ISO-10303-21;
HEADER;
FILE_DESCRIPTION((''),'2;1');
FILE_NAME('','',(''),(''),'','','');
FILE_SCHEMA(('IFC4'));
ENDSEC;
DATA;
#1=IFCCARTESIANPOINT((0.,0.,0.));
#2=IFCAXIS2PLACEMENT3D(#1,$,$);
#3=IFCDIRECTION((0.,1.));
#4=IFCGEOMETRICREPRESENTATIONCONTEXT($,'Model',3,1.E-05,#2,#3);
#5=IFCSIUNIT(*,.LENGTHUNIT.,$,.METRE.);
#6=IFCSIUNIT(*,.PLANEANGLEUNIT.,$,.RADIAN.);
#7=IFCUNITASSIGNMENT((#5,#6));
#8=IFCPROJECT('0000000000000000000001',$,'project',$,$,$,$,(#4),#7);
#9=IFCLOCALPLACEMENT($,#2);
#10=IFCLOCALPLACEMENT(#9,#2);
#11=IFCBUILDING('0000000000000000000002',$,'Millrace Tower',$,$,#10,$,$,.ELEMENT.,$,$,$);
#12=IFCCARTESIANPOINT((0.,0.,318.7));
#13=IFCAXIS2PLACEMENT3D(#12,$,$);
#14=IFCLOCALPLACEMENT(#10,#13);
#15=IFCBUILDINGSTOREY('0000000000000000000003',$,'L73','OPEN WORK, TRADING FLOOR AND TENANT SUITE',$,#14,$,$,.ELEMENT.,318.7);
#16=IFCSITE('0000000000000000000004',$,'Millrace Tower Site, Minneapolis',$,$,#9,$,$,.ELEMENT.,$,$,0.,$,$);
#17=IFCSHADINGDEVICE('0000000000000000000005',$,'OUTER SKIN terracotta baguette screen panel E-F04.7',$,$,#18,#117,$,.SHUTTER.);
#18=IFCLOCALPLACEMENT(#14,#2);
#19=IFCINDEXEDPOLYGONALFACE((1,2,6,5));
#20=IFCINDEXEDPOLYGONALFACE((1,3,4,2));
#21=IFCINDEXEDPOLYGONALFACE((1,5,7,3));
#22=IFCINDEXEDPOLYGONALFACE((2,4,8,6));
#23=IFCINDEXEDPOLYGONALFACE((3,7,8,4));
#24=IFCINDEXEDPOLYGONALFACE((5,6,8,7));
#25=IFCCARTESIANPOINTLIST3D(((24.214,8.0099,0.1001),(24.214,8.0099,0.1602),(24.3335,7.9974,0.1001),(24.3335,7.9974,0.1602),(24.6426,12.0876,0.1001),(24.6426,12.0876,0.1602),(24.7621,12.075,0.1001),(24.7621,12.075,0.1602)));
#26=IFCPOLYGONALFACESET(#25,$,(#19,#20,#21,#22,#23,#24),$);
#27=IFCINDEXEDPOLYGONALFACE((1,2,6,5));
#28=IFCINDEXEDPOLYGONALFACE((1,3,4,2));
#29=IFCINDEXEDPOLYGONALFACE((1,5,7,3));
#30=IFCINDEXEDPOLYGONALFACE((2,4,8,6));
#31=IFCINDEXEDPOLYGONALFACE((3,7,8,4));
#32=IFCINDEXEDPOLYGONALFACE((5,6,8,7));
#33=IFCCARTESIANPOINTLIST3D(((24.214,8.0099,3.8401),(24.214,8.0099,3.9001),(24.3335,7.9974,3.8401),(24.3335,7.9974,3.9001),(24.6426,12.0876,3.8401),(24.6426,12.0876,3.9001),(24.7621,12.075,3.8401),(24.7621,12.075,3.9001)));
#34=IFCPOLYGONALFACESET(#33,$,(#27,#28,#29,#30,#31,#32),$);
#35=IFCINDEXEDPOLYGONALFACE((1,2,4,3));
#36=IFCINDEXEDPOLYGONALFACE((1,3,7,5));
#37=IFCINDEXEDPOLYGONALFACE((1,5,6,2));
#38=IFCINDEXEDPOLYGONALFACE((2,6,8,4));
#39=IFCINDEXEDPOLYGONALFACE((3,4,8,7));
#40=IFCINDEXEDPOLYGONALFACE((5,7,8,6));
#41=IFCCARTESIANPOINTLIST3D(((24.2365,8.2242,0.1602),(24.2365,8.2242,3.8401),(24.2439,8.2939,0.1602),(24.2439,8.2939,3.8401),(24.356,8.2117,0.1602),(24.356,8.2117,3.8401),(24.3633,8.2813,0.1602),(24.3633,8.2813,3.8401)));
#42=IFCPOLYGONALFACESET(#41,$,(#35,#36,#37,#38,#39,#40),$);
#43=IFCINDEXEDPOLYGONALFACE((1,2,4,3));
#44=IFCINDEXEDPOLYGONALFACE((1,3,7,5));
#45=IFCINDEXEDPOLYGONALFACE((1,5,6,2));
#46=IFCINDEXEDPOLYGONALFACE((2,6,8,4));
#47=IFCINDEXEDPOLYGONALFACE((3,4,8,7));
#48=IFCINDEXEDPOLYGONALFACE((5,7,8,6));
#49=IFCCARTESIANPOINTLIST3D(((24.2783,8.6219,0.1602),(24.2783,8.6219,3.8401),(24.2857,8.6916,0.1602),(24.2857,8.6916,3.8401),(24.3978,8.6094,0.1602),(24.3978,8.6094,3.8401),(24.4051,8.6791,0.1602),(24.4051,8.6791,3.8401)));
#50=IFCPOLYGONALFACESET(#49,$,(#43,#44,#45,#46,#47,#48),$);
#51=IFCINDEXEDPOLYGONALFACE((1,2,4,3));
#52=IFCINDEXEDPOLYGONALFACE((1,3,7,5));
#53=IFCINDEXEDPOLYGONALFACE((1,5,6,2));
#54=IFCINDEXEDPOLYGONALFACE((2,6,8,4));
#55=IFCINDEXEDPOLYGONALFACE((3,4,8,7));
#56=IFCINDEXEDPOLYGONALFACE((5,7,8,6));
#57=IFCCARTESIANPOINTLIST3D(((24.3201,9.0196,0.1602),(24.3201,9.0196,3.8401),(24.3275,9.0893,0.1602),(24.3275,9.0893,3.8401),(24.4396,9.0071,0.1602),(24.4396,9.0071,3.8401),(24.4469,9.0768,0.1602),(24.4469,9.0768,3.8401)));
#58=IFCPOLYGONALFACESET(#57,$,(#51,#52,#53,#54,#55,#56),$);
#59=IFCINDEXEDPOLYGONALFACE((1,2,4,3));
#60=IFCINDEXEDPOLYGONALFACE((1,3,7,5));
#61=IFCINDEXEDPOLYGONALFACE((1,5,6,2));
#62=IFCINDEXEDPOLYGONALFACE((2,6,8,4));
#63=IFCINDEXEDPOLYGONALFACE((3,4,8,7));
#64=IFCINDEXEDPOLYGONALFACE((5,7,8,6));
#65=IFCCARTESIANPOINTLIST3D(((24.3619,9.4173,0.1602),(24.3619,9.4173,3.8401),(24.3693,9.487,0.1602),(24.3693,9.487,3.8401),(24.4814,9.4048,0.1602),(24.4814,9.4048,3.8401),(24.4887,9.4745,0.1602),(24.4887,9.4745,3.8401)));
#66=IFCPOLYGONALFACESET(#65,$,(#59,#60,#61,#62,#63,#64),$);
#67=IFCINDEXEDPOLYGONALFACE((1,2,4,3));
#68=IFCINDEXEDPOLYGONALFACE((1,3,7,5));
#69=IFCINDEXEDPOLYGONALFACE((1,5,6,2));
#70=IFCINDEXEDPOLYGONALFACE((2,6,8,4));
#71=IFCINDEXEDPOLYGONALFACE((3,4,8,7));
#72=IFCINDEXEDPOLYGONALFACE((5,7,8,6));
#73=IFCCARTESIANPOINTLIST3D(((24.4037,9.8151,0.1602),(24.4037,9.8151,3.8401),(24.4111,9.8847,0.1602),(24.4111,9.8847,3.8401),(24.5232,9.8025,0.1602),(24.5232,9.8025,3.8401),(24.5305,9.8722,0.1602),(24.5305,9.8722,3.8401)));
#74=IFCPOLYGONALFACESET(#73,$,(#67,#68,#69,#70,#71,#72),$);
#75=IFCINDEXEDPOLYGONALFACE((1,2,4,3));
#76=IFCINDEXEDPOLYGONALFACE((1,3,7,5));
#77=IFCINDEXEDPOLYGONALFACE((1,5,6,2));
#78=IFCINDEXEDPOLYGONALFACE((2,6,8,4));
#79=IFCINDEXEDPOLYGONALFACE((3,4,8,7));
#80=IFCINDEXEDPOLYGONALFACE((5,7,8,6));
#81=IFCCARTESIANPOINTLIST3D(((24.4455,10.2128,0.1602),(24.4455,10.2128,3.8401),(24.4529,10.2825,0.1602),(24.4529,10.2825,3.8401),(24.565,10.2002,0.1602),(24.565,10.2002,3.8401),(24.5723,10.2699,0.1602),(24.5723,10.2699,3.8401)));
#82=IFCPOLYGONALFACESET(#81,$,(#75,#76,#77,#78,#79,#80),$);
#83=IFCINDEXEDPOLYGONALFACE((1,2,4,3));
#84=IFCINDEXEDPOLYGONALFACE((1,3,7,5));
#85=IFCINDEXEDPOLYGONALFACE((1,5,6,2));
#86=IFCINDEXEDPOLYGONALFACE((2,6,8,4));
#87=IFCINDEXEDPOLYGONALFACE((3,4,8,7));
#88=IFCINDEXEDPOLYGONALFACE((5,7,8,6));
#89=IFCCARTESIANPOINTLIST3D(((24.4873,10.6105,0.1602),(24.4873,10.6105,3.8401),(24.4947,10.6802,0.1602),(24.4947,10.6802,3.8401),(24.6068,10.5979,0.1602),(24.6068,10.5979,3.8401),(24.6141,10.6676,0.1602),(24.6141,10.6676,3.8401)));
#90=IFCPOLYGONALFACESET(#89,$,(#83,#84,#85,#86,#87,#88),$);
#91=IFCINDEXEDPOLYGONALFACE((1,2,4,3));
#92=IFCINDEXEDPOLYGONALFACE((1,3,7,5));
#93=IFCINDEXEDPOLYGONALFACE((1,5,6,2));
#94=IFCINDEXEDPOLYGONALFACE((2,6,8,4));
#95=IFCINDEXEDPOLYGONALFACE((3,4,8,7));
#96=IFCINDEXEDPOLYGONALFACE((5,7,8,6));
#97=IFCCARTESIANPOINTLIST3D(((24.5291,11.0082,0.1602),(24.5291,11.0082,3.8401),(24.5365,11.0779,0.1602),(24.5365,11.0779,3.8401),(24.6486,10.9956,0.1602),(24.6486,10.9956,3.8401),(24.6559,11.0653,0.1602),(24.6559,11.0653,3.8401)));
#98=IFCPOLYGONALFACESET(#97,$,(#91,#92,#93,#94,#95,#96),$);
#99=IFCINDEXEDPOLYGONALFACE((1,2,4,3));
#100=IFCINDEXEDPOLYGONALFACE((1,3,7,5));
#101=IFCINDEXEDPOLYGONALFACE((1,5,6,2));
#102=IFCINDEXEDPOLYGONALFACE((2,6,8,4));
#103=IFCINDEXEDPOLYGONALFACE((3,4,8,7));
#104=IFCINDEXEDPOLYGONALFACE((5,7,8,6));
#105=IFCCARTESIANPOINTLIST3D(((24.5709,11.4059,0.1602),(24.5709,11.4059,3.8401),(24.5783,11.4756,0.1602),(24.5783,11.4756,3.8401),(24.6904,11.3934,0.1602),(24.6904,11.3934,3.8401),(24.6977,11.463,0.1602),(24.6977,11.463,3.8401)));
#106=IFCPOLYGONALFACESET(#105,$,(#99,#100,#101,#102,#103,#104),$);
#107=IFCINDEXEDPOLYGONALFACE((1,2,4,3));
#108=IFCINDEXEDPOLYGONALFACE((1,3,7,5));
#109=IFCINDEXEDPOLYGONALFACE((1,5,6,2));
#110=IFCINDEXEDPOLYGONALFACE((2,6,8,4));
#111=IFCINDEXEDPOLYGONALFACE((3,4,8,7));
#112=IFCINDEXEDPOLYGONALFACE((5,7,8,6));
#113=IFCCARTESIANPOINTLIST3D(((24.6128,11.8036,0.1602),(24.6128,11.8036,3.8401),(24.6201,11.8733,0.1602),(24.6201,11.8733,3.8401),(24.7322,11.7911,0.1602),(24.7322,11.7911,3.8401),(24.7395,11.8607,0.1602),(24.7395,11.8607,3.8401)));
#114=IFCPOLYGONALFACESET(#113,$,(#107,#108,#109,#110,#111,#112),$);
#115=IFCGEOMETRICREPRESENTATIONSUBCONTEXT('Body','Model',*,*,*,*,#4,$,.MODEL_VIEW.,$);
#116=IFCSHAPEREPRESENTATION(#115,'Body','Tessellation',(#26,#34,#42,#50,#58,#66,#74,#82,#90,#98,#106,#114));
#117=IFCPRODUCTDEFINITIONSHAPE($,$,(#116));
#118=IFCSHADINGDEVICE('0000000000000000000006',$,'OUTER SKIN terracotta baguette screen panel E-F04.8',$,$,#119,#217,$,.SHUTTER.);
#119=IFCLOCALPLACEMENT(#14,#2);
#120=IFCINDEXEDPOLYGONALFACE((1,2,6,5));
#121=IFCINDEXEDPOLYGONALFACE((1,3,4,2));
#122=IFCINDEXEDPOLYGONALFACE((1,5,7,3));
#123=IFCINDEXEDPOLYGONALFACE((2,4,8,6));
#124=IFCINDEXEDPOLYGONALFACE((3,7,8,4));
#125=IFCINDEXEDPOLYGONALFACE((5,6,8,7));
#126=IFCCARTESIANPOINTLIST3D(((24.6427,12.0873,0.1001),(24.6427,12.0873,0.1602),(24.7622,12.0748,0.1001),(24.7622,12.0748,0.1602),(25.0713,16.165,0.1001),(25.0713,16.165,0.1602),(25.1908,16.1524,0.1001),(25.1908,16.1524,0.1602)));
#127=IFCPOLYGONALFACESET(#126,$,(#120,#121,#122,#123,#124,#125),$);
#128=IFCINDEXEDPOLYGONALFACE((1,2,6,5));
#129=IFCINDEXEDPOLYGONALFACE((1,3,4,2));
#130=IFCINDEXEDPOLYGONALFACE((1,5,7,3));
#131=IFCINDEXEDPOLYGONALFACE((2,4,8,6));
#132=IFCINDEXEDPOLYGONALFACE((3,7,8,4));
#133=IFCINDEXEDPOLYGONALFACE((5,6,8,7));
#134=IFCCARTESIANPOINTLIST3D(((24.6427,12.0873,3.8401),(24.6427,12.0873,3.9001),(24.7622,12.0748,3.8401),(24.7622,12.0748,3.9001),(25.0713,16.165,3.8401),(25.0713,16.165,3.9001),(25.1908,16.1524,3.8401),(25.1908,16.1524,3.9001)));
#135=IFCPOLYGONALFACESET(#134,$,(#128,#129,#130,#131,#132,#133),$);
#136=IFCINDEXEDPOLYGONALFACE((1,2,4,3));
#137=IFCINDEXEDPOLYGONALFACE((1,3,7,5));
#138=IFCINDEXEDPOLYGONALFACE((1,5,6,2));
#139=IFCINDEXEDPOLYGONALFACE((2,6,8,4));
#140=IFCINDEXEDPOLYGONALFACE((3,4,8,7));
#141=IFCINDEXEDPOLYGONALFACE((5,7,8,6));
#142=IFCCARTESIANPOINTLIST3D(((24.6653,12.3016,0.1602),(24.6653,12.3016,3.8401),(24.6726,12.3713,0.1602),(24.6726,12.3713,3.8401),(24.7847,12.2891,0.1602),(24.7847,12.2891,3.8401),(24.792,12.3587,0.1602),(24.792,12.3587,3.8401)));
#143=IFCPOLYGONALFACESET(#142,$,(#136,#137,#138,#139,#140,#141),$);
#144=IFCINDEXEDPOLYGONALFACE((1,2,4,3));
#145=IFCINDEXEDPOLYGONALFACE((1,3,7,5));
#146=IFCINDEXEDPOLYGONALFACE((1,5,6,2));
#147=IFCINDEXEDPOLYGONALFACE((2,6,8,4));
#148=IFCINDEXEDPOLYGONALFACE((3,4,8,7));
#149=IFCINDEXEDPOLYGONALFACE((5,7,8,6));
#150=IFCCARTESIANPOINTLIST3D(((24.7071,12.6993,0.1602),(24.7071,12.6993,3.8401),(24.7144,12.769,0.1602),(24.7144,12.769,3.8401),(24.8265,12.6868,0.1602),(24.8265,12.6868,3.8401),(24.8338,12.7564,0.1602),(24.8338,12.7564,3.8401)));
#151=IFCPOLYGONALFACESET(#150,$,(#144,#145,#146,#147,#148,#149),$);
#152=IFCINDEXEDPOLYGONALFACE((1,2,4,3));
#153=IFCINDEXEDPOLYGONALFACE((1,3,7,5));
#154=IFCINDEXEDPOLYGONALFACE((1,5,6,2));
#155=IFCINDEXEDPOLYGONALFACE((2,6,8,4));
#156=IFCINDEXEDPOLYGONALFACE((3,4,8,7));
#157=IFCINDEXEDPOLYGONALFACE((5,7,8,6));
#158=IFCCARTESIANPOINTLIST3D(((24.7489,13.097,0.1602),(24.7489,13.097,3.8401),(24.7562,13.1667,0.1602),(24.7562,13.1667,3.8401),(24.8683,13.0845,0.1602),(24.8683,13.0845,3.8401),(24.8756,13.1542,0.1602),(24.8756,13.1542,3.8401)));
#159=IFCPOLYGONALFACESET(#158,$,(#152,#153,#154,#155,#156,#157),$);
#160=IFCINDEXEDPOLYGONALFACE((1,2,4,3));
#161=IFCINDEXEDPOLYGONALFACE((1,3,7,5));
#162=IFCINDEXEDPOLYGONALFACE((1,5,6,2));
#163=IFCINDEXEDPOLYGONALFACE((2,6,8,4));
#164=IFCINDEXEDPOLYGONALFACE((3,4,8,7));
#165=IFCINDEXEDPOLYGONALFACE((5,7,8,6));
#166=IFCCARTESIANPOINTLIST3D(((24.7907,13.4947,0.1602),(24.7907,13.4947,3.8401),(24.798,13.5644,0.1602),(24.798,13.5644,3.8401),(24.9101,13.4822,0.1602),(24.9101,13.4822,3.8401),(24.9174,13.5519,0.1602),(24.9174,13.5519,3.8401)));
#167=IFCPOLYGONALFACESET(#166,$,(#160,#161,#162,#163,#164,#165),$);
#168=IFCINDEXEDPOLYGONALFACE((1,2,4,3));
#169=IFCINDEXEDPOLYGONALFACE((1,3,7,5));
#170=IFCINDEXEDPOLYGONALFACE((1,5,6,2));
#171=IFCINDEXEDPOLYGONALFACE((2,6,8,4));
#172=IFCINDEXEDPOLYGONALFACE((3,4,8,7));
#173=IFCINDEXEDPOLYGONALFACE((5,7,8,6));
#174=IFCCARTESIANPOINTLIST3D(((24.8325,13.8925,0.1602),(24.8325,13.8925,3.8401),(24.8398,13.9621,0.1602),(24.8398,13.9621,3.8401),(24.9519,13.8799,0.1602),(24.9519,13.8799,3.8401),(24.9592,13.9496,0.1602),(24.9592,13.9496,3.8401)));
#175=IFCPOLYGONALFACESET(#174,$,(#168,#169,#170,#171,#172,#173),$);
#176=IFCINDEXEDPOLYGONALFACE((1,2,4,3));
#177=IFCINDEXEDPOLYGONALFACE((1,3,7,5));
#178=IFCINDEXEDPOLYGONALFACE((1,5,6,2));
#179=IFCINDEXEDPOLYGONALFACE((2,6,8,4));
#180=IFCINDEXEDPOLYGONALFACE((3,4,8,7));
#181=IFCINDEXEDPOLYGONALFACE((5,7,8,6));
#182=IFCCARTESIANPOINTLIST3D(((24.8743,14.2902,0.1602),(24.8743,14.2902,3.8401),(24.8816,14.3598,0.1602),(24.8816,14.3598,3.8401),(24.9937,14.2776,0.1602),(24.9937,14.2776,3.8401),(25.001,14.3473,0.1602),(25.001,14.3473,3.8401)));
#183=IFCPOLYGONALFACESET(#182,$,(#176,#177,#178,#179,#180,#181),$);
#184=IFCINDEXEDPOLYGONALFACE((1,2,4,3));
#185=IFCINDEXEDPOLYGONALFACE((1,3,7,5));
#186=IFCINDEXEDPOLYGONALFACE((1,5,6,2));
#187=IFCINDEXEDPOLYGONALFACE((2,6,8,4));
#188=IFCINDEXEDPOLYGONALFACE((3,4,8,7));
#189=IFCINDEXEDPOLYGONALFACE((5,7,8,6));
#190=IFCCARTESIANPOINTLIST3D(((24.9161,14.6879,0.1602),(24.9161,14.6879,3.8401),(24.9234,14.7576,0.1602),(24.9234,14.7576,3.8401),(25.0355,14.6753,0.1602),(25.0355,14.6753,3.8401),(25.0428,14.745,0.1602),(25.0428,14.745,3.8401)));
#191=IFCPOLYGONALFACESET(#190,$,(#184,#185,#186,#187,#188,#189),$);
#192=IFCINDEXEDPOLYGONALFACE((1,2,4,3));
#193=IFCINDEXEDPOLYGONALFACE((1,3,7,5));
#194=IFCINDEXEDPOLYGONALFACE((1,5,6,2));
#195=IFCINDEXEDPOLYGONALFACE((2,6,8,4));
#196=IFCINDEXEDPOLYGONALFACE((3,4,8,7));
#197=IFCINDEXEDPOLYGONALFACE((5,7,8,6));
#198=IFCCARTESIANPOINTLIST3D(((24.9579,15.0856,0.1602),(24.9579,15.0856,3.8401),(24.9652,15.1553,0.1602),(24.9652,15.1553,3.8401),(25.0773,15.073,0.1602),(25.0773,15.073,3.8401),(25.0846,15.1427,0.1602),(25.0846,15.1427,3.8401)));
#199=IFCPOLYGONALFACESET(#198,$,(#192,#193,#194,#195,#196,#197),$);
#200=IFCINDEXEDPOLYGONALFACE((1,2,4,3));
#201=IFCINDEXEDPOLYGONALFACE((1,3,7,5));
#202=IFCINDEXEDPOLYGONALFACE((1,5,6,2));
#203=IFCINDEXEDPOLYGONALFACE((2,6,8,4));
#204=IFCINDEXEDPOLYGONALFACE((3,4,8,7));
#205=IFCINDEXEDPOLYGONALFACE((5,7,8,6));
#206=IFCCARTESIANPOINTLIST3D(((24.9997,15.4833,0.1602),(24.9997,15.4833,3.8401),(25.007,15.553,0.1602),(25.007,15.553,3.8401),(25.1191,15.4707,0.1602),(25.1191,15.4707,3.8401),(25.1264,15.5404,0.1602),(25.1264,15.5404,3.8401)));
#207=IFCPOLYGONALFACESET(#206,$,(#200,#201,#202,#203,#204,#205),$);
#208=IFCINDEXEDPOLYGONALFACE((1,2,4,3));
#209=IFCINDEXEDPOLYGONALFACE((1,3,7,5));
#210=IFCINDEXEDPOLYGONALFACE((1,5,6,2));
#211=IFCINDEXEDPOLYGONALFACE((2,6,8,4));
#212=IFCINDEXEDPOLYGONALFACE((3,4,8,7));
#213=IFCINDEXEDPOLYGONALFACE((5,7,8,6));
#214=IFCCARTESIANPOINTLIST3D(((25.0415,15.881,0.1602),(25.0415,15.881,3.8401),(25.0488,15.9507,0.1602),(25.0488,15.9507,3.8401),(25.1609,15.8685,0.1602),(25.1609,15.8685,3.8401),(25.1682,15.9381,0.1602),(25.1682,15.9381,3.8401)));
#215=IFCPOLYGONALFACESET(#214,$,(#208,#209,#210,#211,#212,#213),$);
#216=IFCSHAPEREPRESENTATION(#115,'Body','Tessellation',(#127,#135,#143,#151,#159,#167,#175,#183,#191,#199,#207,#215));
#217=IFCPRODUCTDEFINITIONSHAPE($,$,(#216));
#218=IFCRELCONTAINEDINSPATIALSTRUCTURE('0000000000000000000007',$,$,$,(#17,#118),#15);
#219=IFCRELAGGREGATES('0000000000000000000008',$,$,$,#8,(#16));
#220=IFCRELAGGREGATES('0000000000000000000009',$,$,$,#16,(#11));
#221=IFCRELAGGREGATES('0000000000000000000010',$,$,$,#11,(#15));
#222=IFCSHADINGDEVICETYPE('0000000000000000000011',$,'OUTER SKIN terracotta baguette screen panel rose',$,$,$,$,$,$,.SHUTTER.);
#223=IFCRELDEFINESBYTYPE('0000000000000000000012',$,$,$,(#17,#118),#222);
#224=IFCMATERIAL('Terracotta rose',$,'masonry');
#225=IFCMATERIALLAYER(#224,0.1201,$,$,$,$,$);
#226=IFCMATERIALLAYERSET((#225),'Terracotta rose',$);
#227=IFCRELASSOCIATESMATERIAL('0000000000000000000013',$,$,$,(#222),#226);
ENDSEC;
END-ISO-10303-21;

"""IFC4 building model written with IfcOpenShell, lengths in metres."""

from ifc_helpers import new_model, entity, si_unit, direction, frame, frame_2d, origin, place, context, subcontext, project, spatial, rectangle, extrude, source, transform, mapped, material, layer, layer_set, type_object, element, save


model = new_model("IFC4")

# Units and contexts
model_context = context("Model", 3, precision=1e-05, world=origin(), true_north=direction((0.0, 1.0)))
body_context = subcontext(model_context, "Body", "Model", "MODEL_VIEW")
ifc_project = project(units=[si_unit("LENGTHUNIT", "METRE"), si_unit("PLANEANGLEUNIT", "RADIAN")], contexts=[model_context])

# Site, building, storey
site_placement = place(None, origin())
site = spatial("IfcSite", under=ifc_project, at=site_placement, Name="Millrace Tower Site, Minneapolis", CompositionType="ELEMENT", RefElevation=0.0)
building_placement = place(site_placement, origin())
building = spatial("IfcBuilding", under=site, at=building_placement, Name="Millrace Tower", CompositionType="ELEMENT")
storey_placement = place(building_placement, frame((0.0, 0.0, 318.7)))
storey = spatial("IfcBuildingStorey", under=building, at=storey_placement, Name="L73", Description="OPEN WORK, TRADING FLOOR AND TENANT SUITE", CompositionType="ELEMENT", Elevation=318.7)

# Shading devices
ifc_material_1 = material(Name="Terracotta rose", Category="masonry")
ifc_layer_1 = layer(ifc_material_1, 0.1201)
ifc_layer_set_1 = layer_set([ifc_layer_1], Name="Terracotta rose")
shading_device_type = type_object("IfcShadingDeviceType", Name="OUTER SKIN terracotta baguette screen panel rose", PredefinedType="SHUTTER", material=ifc_layer_set_1)
cartesian_point_1 = entity("IfcCartesianPoint", [-2.05, 0.0601])
shared_polyline_1 = entity("IfcPolyline", [cartesian_point_1, entity("IfcCartesianPoint", [2.05, 0.0601]), entity("IfcCartesianPoint", [2.05, -0.0601]), entity("IfcCartesianPoint", [-2.05, -0.0601]), cartesian_point_1])
shared_shape_1 = source(origin(), body_context, "Body", "SweptSolid", [
    entity("IfcExtrudedAreaSolid", entity("IfcArbitraryClosedProfileDef", "AREA", None, shared_polyline_1), entity("IfcAxis2Placement3D", entity("IfcCartesianPoint", [0.0, 0.0, 0.0])), entity("IfcDirection", [0.0, 0.0, 1.0]), 0.0601),
    entity("IfcExtrudedAreaSolid", entity("IfcArbitraryClosedProfileDef", "AREA", None, shared_polyline_1), entity("IfcAxis2Placement3D", entity("IfcCartesianPoint", [0.0, 0.0, 3.74])), entity("IfcDirection", [0.0, 0.0, 1.0]), 0.0601),
    extrude(rectangle(XDim=0.0701, YDim=0.1201, at=frame_2d((-1.7996, 0.0))), frame((0.0, 0.0, 0.0601)), (0.0, 0.0, 1.0), 3.6799),
    extrude(rectangle(XDim=0.0701, YDim=0.1201, at=frame_2d((-1.3997, 0.0))), frame((0.0, 0.0, 0.0601)), (0.0, 0.0, 1.0), 3.6799),
    extrude(rectangle(XDim=0.0701, YDim=0.1201, at=frame_2d((-0.9998, 0.0))), frame((0.0, 0.0, 0.0601)), (0.0, 0.0, 1.0), 3.6799),
    extrude(rectangle(XDim=0.0701, YDim=0.1201, at=frame_2d((-0.5999, 0.0))), frame((0.0, 0.0, 0.0601)), (0.0, 0.0, 1.0), 3.6799),
    extrude(rectangle(XDim=0.0701, YDim=0.1201, at=frame_2d((-0.2, 0.0))), frame((0.0, 0.0, 0.0601)), (0.0, 0.0, 1.0), 3.6799),
    extrude(rectangle(XDim=0.0701, YDim=0.1201, at=frame_2d((0.2, 0.0))), frame((0.0, 0.0, 0.0601)), (0.0, 0.0, 1.0), 3.6799),
    extrude(rectangle(XDim=0.0701, YDim=0.1201, at=frame_2d((0.5999, 0.0))), frame((0.0, 0.0, 0.0601)), (0.0, 0.0, 1.0), 3.6799),
    extrude(rectangle(XDim=0.0701, YDim=0.1201, at=frame_2d((0.9998, 0.0))), frame((0.0, 0.0, 0.0601)), (0.0, 0.0, 1.0), 3.6799),
    extrude(rectangle(XDim=0.0701, YDim=0.1201, at=frame_2d((1.3997, 0.0))), frame((0.0, 0.0, 0.0601)), (0.0, 0.0, 1.0), 3.6799),
    extrude(rectangle(XDim=0.0701, YDim=0.1201, at=frame_2d((1.7996, 0.0))), frame((0.0, 0.0, 0.0601)), (0.0, 0.0, 1.0), 3.6799),
])
for number, where, z_axis, x_axis, name in (
    (1, (24.488, 10.0425, 0.1001), (0.0, 0.0, 1.0), (0.104528, 0.994522, 0.0), "OUTER SKIN terracotta baguette screen panel E-F04.7"),
    (2, (24.9167, 14.1199, 0.1001), (0.0, 0.0, 1.0), (0.104528, 0.994522, 0.0), "OUTER SKIN terracotta baguette screen panel E-F04.8"),
):
    element("IfcShadingDevice", number, at=place(storey_placement, frame(where, z_axis=z_axis, x_axis=x_axis)), inside=storey, type_object=shading_device_type, Name=name, PredefinedType="SHUTTER", context=body_context, shape_type="MappedRepresentation", body=[
        mapped(shared_shape_1, transform((0.0, 0.0, 0.0), scale=1.0)),
    ])

save(model, "model.ifc")
